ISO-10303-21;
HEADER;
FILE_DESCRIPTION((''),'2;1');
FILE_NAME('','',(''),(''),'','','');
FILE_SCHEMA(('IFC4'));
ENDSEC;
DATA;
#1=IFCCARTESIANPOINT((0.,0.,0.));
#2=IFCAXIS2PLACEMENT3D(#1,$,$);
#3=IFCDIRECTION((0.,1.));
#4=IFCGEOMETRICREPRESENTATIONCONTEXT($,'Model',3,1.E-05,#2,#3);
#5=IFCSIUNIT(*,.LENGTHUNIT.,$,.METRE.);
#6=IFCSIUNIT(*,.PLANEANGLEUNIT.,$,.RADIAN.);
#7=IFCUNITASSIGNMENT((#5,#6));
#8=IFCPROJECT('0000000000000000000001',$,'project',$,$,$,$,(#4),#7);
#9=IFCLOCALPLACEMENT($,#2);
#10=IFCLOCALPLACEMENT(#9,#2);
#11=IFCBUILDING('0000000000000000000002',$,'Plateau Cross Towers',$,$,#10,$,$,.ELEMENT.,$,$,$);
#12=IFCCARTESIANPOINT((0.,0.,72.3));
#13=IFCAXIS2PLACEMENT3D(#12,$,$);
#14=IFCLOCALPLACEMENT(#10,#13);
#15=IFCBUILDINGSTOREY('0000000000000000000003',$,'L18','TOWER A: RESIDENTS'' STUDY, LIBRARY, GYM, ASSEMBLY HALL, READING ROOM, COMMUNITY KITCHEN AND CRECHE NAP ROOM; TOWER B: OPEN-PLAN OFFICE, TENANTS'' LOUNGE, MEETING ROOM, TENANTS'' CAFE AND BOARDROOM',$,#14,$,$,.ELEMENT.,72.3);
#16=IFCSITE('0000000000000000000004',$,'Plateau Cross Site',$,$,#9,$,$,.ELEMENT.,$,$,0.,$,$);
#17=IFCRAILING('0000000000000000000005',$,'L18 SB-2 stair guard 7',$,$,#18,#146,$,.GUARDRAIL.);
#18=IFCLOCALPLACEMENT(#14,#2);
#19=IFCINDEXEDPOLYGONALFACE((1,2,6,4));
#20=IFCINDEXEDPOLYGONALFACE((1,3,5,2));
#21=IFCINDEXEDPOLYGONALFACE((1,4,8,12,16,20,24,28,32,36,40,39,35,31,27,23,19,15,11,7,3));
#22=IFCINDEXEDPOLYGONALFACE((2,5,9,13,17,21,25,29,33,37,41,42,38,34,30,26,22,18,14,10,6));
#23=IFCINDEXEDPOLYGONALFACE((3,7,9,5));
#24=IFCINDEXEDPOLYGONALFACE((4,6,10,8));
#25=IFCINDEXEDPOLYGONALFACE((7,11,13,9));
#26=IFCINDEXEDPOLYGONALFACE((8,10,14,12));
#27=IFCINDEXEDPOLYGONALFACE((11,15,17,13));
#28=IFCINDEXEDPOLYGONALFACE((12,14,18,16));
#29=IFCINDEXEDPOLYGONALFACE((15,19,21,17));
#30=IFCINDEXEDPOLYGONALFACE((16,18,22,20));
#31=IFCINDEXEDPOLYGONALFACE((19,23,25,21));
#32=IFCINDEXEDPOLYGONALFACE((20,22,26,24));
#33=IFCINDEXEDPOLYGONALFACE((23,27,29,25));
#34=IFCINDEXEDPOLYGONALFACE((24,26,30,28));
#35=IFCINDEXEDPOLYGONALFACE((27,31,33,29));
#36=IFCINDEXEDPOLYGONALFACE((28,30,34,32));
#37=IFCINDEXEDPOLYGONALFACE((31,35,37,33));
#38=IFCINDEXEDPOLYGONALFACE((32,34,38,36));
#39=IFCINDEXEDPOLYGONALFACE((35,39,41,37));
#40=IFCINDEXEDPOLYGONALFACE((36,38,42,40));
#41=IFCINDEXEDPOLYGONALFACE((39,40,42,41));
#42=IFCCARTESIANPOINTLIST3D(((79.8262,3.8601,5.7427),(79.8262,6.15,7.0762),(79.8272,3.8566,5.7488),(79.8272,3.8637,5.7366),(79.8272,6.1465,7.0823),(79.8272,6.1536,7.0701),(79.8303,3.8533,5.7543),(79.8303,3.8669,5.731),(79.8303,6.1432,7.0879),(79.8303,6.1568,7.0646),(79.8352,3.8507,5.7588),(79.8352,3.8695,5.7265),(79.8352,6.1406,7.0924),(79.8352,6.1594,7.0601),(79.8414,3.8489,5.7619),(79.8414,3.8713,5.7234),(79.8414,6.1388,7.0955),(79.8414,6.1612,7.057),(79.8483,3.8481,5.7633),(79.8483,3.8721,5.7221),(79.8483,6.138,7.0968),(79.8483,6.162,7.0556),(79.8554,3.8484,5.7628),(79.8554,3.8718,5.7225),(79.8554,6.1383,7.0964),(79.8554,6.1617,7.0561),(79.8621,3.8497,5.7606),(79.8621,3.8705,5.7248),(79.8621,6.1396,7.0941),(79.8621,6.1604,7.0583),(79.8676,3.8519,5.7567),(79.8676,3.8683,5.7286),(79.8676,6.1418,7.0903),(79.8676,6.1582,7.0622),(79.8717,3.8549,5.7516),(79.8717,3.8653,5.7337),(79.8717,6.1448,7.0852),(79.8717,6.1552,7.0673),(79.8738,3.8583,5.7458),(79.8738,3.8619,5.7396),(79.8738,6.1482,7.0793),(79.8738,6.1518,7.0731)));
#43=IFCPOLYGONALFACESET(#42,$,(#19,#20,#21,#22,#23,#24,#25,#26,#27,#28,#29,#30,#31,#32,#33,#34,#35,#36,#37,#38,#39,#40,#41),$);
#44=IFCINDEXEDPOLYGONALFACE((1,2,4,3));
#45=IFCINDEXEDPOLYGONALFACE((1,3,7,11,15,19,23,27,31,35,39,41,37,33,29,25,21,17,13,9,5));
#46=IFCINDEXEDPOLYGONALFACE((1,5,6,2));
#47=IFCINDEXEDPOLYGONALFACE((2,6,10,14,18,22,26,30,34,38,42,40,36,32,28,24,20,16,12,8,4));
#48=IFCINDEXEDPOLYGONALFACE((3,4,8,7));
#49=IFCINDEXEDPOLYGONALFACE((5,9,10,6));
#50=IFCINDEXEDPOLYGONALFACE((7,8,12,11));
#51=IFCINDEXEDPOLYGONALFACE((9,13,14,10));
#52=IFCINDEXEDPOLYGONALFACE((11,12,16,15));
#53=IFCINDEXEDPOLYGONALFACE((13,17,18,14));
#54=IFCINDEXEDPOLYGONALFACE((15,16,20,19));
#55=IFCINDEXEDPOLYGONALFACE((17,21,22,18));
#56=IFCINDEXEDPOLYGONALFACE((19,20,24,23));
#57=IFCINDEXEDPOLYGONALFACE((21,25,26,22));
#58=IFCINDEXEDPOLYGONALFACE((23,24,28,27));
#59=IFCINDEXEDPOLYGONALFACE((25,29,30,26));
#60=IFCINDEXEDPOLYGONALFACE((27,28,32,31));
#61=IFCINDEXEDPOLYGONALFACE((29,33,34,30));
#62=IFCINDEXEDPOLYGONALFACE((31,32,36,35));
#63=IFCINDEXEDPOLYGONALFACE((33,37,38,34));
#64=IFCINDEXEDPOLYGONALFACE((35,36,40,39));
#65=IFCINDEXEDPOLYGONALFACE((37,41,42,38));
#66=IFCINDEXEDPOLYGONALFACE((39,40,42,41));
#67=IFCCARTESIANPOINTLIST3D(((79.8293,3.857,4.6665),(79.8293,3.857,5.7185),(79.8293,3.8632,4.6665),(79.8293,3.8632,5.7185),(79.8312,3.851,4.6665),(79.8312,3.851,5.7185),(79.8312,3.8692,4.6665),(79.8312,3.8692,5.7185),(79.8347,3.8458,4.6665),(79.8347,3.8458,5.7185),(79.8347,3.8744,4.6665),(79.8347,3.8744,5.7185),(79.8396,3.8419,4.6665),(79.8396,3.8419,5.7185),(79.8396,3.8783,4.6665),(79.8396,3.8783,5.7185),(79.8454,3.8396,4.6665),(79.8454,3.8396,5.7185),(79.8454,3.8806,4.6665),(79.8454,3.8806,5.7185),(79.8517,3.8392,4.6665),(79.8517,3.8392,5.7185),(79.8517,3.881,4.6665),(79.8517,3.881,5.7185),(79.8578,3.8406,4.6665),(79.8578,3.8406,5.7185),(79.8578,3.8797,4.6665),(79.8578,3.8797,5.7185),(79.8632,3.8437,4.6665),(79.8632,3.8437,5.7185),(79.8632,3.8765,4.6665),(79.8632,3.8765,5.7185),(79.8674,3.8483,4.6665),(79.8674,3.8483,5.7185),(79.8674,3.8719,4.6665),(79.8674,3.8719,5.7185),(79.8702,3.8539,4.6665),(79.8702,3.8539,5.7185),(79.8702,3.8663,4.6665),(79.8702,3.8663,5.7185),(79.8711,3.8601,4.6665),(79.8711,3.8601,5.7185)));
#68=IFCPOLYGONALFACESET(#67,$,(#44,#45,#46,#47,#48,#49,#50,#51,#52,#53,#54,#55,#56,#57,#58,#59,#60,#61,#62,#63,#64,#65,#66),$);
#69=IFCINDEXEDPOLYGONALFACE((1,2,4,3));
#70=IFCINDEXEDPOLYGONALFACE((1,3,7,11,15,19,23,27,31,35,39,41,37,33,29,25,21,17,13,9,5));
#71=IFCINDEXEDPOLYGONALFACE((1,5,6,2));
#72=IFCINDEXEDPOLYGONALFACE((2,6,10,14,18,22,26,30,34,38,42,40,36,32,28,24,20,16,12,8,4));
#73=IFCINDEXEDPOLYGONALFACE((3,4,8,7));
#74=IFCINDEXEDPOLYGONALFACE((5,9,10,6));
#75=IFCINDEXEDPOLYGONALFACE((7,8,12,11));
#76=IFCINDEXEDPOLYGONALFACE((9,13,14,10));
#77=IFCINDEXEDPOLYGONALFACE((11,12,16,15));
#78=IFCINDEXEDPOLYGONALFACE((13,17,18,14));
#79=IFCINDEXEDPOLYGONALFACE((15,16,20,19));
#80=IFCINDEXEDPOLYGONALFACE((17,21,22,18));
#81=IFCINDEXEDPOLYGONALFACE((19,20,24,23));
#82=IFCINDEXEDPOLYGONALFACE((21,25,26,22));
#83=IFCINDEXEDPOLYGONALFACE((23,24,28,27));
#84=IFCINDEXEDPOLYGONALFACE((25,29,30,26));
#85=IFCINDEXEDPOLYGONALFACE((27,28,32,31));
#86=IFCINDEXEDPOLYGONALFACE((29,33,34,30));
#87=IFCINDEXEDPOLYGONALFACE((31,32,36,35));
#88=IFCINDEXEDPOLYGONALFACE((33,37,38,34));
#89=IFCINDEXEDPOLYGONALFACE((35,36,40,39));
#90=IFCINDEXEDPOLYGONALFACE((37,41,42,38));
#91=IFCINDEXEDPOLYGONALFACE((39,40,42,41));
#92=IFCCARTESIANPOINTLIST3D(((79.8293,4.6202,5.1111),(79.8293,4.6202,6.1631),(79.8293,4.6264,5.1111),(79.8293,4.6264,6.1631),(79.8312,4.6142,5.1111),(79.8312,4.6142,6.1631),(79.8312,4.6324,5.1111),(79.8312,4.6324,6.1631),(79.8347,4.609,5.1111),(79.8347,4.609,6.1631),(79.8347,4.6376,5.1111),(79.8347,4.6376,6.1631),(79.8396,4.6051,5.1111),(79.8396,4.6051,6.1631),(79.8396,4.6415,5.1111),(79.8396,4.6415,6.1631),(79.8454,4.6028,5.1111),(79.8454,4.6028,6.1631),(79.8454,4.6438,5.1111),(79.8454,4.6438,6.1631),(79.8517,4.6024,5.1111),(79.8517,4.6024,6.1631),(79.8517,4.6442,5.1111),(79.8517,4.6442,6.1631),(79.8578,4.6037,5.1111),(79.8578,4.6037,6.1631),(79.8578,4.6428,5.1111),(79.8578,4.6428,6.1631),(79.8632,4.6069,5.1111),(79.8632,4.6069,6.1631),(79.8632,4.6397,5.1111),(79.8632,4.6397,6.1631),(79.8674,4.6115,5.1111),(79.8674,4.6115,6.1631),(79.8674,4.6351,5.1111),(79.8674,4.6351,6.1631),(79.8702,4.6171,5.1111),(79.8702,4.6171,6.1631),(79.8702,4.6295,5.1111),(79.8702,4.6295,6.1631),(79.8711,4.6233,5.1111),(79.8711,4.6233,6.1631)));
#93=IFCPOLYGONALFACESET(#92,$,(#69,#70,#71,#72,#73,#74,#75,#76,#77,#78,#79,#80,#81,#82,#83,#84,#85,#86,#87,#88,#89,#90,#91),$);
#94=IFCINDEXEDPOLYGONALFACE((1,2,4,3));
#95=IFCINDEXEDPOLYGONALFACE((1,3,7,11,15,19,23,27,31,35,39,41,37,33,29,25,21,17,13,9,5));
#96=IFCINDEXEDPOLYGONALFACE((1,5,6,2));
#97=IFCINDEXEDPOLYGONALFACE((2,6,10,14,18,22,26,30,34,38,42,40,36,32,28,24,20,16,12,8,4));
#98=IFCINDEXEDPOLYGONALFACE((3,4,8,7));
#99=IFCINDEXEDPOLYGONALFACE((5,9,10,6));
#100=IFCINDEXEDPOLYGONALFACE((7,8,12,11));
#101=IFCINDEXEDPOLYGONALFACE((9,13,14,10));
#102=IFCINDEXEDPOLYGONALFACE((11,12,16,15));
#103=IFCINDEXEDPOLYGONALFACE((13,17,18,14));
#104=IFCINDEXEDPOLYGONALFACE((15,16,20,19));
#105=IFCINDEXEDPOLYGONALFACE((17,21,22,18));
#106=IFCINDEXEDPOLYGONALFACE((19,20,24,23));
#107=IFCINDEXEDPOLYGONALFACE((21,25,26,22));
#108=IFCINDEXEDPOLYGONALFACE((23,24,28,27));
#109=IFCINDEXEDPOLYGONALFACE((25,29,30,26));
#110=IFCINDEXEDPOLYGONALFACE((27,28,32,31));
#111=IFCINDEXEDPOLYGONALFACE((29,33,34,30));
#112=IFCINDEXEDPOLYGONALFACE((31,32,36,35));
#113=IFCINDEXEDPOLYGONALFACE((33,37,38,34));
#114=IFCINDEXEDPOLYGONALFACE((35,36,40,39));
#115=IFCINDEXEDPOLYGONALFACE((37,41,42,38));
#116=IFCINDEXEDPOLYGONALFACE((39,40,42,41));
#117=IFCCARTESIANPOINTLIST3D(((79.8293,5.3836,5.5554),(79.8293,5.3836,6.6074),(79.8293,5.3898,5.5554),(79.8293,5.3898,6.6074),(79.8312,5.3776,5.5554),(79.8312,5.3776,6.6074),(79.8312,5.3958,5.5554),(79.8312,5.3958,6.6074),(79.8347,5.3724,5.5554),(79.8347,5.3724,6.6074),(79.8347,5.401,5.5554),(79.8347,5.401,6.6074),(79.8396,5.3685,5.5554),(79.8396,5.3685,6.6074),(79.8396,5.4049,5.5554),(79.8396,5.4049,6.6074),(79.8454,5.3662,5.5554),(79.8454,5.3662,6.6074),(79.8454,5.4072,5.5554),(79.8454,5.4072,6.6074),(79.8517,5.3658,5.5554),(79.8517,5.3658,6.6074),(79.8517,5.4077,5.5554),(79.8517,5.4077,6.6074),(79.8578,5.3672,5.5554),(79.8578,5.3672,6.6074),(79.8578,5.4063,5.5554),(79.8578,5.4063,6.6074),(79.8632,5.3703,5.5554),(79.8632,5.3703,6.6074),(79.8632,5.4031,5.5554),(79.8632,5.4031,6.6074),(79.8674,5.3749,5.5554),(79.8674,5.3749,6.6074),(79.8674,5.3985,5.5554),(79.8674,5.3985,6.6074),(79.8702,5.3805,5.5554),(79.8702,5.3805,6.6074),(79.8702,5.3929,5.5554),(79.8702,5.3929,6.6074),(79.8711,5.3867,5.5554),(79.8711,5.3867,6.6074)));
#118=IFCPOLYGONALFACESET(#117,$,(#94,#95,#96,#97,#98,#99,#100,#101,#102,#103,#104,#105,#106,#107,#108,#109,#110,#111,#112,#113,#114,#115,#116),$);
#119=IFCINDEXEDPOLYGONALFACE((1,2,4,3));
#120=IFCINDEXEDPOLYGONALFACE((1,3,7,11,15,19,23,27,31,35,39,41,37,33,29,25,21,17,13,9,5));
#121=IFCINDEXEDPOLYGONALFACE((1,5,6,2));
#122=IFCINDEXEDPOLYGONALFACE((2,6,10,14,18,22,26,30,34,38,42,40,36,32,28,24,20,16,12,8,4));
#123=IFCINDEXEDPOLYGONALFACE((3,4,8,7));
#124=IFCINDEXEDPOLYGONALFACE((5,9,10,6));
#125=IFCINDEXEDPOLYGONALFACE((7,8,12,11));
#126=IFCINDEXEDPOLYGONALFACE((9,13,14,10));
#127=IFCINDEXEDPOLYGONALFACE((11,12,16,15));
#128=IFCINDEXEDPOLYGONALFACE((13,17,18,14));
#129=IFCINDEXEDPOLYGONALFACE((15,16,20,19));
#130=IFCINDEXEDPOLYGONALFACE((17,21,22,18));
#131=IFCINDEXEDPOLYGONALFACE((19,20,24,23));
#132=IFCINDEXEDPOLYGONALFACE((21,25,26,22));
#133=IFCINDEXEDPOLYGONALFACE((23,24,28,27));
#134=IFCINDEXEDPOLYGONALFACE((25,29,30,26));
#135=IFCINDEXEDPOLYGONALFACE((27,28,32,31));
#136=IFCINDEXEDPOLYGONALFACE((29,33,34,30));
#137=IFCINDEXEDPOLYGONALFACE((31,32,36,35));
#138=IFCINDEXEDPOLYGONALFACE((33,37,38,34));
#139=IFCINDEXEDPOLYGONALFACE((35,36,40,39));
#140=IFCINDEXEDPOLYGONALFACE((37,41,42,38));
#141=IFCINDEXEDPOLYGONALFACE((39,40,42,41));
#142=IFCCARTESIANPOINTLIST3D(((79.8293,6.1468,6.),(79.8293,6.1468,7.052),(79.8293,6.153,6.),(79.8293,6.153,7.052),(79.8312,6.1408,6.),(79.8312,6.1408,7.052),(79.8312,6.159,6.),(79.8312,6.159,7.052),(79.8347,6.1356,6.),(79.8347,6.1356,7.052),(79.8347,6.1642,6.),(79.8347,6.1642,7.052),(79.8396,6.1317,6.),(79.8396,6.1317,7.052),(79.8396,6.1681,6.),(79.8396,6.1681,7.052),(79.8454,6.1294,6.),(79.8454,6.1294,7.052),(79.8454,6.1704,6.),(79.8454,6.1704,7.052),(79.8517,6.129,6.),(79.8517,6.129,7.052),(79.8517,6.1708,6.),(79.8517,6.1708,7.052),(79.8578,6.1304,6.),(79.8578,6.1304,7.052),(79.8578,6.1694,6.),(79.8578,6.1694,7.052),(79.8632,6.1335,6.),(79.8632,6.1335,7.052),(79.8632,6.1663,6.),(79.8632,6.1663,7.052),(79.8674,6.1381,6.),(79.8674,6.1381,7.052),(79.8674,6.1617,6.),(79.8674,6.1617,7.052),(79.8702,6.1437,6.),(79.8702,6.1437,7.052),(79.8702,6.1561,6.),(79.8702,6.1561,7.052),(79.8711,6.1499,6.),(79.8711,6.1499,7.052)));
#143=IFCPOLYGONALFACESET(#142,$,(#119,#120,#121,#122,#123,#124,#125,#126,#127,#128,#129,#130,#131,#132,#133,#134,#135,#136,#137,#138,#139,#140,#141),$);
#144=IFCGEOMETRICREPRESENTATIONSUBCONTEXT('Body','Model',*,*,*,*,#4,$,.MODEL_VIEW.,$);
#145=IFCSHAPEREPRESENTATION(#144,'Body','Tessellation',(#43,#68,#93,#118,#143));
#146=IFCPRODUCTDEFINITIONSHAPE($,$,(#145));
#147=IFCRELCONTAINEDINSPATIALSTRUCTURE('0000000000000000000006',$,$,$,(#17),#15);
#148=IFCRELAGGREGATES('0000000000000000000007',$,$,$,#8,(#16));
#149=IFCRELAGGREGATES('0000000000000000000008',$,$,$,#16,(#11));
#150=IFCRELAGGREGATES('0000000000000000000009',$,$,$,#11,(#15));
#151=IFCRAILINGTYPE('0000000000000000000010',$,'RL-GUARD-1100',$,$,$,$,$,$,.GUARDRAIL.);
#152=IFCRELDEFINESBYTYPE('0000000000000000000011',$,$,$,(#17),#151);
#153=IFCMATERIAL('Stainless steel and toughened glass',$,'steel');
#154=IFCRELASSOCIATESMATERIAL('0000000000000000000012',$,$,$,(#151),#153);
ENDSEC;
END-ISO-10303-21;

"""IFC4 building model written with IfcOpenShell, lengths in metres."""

from ifc_helpers import new_model, si_unit, direction, frame, origin, origin_2d, place, context, subcontext, project, spatial, circle, extrude, material, type_object, element, save


model = new_model("IFC4")

# Units and contexts
model_context = context("Model", 3, precision=1e-05, world=origin(), true_north=direction((0.0, 1.0)))
body_context = subcontext(model_context, "Body", "Model", "MODEL_VIEW")
ifc_project = project(units=[si_unit("LENGTHUNIT", "METRE"), si_unit("PLANEANGLEUNIT", "RADIAN")], contexts=[model_context])

# Site, building, storey
site_placement = place(None, origin())
site = spatial("IfcSite", under=ifc_project, at=site_placement, Name="Plateau Cross Site", CompositionType="ELEMENT", RefElevation=0.0)
building_placement = place(site_placement, origin())
building = spatial("IfcBuilding", under=site, at=building_placement, Name="Plateau Cross Towers", CompositionType="ELEMENT")
storey_placement = place(building_placement, frame((0.0, 0.0, 72.3)))
storey = spatial("IfcBuildingStorey", under=building, at=storey_placement, Name="L18", Description="TOWER A: RESIDENTS' STUDY, LIBRARY, GYM, ASSEMBLY HALL, READING ROOM, COMMUNITY KITCHEN AND CRECHE NAP ROOM; TOWER B: OPEN-PLAN OFFICE, TENANTS' LOUNGE, MEETING ROOM, TENANTS' CAFE AND BOARDROOM", CompositionType="ELEMENT", Elevation=72.3)

# Railing
ifc_material_1 = material(Name="Stainless steel and toughened glass", Category="steel")
railing_type_1 = type_object("IfcRailingType", Name="RL-GUARD-1100", PredefinedType="GUARDRAIL", material=ifc_material_1)
railing_1_placement = place(storey_placement, frame((79.8501, 3.8601, 4.6665)))
element("IfcRailing", 1, at=railing_1_placement, inside=storey, type_object=railing_type_1, Name="L18 SB-2 stair guard 7", PredefinedType="GUARDRAIL", context=body_context, shape_type="SweptSolid", body=[
    extrude(circle(Radius=0.0239, at=origin_2d()), frame((0.0, 0.0, 1.0762), z_axis=(0.0, 0.864143, 0.503246), x_axis=(-1.0, 0.0, 0.0)), (0.0, 0.0, 1.0), 2.6499),
    extrude(circle(Radius=0.021, at=origin_2d()), origin(), (0.0, 0.0, 1.0), 1.052),
    extrude(circle(Radius=0.021, at=origin_2d()), frame((0.0, 0.7632, 0.4446)), (0.0, 0.0, 1.0), 1.052),
    extrude(circle(Radius=0.021, at=origin_2d()), frame((0.0, 1.5266, 0.8889)), (0.0, 0.0, 1.0), 1.052),
    extrude(circle(Radius=0.021, at=origin_2d()), frame((0.0, 2.2898, 1.3335)), (0.0, 0.0, 1.0), 1.052),
])

save(model, "model.ifc")
